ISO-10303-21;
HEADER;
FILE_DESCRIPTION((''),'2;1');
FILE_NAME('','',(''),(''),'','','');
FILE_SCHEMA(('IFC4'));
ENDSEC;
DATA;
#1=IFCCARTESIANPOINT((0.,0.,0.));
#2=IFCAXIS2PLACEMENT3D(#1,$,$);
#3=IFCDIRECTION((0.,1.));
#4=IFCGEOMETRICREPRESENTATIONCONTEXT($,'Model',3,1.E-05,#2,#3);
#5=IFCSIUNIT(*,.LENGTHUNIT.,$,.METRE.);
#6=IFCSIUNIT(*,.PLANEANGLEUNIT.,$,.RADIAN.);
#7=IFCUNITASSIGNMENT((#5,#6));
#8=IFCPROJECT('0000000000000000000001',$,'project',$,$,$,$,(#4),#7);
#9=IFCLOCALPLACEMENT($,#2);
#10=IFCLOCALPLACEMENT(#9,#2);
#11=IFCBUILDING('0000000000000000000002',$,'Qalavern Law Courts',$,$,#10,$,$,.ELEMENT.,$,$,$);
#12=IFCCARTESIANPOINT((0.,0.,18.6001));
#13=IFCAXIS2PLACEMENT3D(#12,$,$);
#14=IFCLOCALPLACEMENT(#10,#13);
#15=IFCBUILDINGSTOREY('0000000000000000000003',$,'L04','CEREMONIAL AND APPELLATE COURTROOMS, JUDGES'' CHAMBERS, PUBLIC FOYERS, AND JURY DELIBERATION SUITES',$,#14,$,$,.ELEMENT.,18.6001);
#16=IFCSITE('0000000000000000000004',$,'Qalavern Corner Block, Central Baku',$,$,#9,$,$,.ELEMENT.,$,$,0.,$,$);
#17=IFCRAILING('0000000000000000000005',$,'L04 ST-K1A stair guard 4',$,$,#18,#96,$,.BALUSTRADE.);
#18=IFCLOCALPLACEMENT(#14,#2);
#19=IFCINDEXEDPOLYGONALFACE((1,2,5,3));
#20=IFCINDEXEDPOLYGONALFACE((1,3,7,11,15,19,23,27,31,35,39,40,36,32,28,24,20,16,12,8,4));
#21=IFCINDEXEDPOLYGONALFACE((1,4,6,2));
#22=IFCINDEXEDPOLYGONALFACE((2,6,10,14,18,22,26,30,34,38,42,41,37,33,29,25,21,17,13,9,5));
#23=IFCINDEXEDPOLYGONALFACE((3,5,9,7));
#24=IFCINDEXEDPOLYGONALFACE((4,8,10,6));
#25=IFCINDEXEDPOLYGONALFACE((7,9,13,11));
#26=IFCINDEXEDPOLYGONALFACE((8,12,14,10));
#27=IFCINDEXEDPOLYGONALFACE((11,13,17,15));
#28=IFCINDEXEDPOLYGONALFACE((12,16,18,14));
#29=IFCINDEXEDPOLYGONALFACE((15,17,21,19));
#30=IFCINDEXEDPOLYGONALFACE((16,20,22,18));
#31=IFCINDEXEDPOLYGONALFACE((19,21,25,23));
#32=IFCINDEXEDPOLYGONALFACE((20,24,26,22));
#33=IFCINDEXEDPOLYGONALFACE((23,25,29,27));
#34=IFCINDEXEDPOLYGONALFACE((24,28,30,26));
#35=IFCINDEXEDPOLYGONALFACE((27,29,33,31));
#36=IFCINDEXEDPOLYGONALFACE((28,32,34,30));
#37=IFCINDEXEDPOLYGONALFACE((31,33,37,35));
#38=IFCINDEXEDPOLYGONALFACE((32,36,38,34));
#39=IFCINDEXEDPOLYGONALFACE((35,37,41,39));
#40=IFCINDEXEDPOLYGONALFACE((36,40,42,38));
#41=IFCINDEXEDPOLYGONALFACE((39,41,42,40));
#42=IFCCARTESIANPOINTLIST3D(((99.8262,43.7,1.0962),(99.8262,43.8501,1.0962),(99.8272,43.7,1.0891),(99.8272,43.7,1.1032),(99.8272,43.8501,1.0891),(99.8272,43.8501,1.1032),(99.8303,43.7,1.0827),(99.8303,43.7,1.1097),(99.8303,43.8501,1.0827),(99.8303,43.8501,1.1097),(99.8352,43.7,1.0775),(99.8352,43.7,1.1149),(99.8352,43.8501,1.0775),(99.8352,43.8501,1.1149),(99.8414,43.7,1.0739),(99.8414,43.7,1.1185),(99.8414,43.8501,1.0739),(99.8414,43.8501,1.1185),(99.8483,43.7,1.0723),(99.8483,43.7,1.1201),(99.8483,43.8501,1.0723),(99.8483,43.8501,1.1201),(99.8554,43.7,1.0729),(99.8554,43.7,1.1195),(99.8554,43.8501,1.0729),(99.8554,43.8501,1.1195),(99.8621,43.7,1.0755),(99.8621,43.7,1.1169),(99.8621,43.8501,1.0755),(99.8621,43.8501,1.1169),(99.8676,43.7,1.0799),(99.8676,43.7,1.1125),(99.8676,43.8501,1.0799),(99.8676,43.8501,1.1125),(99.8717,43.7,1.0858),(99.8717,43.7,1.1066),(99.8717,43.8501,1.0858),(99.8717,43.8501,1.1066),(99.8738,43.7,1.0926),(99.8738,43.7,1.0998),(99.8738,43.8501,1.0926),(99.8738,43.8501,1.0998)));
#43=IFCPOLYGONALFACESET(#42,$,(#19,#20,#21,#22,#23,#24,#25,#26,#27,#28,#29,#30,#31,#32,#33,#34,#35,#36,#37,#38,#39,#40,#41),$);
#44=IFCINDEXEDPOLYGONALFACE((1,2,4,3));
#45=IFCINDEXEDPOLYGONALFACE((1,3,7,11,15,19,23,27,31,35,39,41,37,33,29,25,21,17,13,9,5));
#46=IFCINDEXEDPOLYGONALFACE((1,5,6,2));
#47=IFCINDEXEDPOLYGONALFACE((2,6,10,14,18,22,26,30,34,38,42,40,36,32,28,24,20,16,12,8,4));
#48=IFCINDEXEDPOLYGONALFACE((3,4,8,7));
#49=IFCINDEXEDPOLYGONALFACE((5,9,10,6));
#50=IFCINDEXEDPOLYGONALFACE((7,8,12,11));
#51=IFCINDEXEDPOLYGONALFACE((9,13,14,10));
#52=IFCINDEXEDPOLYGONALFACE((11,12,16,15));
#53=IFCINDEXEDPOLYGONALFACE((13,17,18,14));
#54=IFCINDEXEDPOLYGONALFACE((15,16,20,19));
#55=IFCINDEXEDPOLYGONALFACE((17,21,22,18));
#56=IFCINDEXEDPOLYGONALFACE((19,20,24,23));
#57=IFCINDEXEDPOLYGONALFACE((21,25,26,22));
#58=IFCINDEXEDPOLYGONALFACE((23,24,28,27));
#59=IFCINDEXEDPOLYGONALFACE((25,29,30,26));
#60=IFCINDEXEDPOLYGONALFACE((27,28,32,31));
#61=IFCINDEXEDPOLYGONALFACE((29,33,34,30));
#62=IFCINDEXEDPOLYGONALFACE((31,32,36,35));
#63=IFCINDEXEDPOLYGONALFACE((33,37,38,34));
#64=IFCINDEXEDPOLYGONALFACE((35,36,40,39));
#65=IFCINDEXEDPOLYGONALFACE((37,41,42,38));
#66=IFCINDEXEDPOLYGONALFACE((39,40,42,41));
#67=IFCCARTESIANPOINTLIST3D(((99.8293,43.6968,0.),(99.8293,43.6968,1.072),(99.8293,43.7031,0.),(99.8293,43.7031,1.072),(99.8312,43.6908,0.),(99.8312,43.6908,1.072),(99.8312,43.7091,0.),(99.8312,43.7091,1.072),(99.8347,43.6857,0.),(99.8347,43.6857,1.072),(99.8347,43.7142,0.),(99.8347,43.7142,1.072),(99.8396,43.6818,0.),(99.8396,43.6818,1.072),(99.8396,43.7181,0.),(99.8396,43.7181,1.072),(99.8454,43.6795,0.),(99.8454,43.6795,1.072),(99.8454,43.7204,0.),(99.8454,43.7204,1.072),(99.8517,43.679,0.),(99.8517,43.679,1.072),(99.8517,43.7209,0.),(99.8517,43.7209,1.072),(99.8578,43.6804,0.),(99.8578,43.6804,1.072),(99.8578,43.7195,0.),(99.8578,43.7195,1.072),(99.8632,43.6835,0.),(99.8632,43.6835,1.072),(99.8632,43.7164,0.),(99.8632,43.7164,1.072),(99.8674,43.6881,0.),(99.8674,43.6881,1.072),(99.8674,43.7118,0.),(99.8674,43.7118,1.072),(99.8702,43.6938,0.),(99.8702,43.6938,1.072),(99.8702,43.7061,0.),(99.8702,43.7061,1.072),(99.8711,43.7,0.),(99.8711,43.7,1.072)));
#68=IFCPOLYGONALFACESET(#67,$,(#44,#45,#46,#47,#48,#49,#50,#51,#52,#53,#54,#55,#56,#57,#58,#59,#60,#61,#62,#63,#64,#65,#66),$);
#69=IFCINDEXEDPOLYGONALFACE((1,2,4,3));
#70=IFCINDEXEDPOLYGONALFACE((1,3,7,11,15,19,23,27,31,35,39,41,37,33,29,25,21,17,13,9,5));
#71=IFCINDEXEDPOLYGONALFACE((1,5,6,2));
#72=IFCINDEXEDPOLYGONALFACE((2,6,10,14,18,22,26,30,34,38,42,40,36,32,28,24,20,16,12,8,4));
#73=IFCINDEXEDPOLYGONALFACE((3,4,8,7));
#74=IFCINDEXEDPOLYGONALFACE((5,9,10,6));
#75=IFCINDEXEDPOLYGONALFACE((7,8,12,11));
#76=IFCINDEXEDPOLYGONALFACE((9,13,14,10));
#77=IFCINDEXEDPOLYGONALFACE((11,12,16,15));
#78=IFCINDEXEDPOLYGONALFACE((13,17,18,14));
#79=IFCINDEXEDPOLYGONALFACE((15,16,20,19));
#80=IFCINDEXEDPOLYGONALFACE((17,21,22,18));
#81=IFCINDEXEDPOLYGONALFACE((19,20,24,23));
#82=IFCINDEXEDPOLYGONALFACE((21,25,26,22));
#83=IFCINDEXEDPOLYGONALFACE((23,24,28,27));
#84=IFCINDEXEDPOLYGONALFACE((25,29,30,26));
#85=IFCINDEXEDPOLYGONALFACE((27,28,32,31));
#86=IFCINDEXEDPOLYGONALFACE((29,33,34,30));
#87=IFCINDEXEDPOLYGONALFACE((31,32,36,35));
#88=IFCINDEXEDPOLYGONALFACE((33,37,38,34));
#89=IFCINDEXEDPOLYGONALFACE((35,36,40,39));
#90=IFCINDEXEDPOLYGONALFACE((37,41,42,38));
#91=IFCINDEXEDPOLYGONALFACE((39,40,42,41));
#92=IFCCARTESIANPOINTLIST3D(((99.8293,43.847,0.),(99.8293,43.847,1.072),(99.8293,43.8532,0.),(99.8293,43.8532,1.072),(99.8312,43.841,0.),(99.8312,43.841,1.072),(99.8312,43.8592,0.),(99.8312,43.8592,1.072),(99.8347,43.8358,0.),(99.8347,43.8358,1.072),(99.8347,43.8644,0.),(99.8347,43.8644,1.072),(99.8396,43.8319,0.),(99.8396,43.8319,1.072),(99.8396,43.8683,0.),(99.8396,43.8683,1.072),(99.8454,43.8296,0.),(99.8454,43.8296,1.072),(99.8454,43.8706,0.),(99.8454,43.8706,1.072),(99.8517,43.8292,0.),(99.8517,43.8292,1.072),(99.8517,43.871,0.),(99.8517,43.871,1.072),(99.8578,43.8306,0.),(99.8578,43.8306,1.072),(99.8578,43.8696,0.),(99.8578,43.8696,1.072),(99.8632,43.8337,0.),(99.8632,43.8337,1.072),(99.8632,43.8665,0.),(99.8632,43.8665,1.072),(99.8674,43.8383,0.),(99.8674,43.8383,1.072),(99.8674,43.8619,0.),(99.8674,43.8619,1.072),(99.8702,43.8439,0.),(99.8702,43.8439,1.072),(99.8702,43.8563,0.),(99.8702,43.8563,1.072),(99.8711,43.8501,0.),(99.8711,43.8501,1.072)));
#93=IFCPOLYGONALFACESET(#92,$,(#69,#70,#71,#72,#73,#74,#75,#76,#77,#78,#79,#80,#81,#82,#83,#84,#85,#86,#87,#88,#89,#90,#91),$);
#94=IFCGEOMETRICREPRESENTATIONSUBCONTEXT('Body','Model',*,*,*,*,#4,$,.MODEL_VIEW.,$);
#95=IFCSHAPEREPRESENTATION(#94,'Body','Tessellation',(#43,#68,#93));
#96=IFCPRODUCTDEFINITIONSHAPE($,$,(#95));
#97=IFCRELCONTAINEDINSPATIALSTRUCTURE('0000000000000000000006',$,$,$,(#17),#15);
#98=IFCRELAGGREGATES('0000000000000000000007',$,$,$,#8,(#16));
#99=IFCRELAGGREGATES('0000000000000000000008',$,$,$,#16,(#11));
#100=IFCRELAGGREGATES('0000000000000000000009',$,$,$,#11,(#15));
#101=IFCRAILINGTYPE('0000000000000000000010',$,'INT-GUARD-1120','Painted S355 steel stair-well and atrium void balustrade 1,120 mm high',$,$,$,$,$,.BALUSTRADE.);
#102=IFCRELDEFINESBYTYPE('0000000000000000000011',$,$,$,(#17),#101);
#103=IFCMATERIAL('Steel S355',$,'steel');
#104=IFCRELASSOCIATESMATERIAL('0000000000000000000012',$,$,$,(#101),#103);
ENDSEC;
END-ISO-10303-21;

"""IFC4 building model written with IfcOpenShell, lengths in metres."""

from ifc_helpers import new_model, si_unit, direction, frame, origin, origin_2d, place, context, subcontext, project, spatial, circle, extrude, material, type_object, element, save


model = new_model("IFC4")

# Units and contexts
model_context = context("Model", 3, precision=1e-05, world=origin(), true_north=direction((0.0, 1.0)))
body_context = subcontext(model_context, "Body", "Model", "MODEL_VIEW")
ifc_project = project(units=[si_unit("LENGTHUNIT", "METRE"), si_unit("PLANEANGLEUNIT", "RADIAN")], contexts=[model_context])

# Site, building, storey
site_placement = place(None, origin())
site = spatial("IfcSite", under=ifc_project, at=site_placement, Name="Qalavern Corner Block, Central Baku", CompositionType="ELEMENT", RefElevation=0.0)
building_placement = place(site_placement, origin())
building = spatial("IfcBuilding", under=site, at=building_placement, Name="Qalavern Law Courts", CompositionType="ELEMENT")
storey_placement = place(building_placement, frame((0.0, 0.0, 18.6001)))
storey = spatial("IfcBuildingStorey", under=building, at=storey_placement, Name="L04", Description="CEREMONIAL AND APPELLATE COURTROOMS, JUDGES' CHAMBERS, PUBLIC FOYERS, AND JURY DELIBERATION SUITES", CompositionType="ELEMENT", Elevation=18.6001)

# Railing
ifc_material_1 = material(Name="Steel S355", Category="steel")
railing_type_1 = type_object("IfcRailingType", Name="INT-GUARD-1120", Description="Painted S355 steel stair-well and atrium void balustrade 1,120 mm high", PredefinedType="BALUSTRADE", material=ifc_material_1)
railing_1_placement = place(storey_placement, frame((99.8501, 43.7, 0.0)))
element("IfcRailing", 1, at=railing_1_placement, inside=storey, type_object=railing_type_1, Name="L04 ST-K1A stair guard 4", PredefinedType="BALUSTRADE", context=body_context, shape_type="SweptSolid", body=[
    extrude(circle(Radius=0.0239, at=origin_2d()), frame((0.0, 0.0, 1.0962), z_axis=(0.0, 1.0, 0.0), x_axis=(-1.0, 0.0, 0.0)), (0.0, 0.0, 1.0), 0.1501),
    extrude(circle(Radius=0.021, at=origin_2d()), origin(), (0.0, 0.0, 1.0), 1.072),
    extrude(circle(Radius=0.021, at=origin_2d()), frame((0.0, 0.1501, 0.0)), (0.0, 0.0, 1.0), 1.072),
])

save(model, "model.ifc")
